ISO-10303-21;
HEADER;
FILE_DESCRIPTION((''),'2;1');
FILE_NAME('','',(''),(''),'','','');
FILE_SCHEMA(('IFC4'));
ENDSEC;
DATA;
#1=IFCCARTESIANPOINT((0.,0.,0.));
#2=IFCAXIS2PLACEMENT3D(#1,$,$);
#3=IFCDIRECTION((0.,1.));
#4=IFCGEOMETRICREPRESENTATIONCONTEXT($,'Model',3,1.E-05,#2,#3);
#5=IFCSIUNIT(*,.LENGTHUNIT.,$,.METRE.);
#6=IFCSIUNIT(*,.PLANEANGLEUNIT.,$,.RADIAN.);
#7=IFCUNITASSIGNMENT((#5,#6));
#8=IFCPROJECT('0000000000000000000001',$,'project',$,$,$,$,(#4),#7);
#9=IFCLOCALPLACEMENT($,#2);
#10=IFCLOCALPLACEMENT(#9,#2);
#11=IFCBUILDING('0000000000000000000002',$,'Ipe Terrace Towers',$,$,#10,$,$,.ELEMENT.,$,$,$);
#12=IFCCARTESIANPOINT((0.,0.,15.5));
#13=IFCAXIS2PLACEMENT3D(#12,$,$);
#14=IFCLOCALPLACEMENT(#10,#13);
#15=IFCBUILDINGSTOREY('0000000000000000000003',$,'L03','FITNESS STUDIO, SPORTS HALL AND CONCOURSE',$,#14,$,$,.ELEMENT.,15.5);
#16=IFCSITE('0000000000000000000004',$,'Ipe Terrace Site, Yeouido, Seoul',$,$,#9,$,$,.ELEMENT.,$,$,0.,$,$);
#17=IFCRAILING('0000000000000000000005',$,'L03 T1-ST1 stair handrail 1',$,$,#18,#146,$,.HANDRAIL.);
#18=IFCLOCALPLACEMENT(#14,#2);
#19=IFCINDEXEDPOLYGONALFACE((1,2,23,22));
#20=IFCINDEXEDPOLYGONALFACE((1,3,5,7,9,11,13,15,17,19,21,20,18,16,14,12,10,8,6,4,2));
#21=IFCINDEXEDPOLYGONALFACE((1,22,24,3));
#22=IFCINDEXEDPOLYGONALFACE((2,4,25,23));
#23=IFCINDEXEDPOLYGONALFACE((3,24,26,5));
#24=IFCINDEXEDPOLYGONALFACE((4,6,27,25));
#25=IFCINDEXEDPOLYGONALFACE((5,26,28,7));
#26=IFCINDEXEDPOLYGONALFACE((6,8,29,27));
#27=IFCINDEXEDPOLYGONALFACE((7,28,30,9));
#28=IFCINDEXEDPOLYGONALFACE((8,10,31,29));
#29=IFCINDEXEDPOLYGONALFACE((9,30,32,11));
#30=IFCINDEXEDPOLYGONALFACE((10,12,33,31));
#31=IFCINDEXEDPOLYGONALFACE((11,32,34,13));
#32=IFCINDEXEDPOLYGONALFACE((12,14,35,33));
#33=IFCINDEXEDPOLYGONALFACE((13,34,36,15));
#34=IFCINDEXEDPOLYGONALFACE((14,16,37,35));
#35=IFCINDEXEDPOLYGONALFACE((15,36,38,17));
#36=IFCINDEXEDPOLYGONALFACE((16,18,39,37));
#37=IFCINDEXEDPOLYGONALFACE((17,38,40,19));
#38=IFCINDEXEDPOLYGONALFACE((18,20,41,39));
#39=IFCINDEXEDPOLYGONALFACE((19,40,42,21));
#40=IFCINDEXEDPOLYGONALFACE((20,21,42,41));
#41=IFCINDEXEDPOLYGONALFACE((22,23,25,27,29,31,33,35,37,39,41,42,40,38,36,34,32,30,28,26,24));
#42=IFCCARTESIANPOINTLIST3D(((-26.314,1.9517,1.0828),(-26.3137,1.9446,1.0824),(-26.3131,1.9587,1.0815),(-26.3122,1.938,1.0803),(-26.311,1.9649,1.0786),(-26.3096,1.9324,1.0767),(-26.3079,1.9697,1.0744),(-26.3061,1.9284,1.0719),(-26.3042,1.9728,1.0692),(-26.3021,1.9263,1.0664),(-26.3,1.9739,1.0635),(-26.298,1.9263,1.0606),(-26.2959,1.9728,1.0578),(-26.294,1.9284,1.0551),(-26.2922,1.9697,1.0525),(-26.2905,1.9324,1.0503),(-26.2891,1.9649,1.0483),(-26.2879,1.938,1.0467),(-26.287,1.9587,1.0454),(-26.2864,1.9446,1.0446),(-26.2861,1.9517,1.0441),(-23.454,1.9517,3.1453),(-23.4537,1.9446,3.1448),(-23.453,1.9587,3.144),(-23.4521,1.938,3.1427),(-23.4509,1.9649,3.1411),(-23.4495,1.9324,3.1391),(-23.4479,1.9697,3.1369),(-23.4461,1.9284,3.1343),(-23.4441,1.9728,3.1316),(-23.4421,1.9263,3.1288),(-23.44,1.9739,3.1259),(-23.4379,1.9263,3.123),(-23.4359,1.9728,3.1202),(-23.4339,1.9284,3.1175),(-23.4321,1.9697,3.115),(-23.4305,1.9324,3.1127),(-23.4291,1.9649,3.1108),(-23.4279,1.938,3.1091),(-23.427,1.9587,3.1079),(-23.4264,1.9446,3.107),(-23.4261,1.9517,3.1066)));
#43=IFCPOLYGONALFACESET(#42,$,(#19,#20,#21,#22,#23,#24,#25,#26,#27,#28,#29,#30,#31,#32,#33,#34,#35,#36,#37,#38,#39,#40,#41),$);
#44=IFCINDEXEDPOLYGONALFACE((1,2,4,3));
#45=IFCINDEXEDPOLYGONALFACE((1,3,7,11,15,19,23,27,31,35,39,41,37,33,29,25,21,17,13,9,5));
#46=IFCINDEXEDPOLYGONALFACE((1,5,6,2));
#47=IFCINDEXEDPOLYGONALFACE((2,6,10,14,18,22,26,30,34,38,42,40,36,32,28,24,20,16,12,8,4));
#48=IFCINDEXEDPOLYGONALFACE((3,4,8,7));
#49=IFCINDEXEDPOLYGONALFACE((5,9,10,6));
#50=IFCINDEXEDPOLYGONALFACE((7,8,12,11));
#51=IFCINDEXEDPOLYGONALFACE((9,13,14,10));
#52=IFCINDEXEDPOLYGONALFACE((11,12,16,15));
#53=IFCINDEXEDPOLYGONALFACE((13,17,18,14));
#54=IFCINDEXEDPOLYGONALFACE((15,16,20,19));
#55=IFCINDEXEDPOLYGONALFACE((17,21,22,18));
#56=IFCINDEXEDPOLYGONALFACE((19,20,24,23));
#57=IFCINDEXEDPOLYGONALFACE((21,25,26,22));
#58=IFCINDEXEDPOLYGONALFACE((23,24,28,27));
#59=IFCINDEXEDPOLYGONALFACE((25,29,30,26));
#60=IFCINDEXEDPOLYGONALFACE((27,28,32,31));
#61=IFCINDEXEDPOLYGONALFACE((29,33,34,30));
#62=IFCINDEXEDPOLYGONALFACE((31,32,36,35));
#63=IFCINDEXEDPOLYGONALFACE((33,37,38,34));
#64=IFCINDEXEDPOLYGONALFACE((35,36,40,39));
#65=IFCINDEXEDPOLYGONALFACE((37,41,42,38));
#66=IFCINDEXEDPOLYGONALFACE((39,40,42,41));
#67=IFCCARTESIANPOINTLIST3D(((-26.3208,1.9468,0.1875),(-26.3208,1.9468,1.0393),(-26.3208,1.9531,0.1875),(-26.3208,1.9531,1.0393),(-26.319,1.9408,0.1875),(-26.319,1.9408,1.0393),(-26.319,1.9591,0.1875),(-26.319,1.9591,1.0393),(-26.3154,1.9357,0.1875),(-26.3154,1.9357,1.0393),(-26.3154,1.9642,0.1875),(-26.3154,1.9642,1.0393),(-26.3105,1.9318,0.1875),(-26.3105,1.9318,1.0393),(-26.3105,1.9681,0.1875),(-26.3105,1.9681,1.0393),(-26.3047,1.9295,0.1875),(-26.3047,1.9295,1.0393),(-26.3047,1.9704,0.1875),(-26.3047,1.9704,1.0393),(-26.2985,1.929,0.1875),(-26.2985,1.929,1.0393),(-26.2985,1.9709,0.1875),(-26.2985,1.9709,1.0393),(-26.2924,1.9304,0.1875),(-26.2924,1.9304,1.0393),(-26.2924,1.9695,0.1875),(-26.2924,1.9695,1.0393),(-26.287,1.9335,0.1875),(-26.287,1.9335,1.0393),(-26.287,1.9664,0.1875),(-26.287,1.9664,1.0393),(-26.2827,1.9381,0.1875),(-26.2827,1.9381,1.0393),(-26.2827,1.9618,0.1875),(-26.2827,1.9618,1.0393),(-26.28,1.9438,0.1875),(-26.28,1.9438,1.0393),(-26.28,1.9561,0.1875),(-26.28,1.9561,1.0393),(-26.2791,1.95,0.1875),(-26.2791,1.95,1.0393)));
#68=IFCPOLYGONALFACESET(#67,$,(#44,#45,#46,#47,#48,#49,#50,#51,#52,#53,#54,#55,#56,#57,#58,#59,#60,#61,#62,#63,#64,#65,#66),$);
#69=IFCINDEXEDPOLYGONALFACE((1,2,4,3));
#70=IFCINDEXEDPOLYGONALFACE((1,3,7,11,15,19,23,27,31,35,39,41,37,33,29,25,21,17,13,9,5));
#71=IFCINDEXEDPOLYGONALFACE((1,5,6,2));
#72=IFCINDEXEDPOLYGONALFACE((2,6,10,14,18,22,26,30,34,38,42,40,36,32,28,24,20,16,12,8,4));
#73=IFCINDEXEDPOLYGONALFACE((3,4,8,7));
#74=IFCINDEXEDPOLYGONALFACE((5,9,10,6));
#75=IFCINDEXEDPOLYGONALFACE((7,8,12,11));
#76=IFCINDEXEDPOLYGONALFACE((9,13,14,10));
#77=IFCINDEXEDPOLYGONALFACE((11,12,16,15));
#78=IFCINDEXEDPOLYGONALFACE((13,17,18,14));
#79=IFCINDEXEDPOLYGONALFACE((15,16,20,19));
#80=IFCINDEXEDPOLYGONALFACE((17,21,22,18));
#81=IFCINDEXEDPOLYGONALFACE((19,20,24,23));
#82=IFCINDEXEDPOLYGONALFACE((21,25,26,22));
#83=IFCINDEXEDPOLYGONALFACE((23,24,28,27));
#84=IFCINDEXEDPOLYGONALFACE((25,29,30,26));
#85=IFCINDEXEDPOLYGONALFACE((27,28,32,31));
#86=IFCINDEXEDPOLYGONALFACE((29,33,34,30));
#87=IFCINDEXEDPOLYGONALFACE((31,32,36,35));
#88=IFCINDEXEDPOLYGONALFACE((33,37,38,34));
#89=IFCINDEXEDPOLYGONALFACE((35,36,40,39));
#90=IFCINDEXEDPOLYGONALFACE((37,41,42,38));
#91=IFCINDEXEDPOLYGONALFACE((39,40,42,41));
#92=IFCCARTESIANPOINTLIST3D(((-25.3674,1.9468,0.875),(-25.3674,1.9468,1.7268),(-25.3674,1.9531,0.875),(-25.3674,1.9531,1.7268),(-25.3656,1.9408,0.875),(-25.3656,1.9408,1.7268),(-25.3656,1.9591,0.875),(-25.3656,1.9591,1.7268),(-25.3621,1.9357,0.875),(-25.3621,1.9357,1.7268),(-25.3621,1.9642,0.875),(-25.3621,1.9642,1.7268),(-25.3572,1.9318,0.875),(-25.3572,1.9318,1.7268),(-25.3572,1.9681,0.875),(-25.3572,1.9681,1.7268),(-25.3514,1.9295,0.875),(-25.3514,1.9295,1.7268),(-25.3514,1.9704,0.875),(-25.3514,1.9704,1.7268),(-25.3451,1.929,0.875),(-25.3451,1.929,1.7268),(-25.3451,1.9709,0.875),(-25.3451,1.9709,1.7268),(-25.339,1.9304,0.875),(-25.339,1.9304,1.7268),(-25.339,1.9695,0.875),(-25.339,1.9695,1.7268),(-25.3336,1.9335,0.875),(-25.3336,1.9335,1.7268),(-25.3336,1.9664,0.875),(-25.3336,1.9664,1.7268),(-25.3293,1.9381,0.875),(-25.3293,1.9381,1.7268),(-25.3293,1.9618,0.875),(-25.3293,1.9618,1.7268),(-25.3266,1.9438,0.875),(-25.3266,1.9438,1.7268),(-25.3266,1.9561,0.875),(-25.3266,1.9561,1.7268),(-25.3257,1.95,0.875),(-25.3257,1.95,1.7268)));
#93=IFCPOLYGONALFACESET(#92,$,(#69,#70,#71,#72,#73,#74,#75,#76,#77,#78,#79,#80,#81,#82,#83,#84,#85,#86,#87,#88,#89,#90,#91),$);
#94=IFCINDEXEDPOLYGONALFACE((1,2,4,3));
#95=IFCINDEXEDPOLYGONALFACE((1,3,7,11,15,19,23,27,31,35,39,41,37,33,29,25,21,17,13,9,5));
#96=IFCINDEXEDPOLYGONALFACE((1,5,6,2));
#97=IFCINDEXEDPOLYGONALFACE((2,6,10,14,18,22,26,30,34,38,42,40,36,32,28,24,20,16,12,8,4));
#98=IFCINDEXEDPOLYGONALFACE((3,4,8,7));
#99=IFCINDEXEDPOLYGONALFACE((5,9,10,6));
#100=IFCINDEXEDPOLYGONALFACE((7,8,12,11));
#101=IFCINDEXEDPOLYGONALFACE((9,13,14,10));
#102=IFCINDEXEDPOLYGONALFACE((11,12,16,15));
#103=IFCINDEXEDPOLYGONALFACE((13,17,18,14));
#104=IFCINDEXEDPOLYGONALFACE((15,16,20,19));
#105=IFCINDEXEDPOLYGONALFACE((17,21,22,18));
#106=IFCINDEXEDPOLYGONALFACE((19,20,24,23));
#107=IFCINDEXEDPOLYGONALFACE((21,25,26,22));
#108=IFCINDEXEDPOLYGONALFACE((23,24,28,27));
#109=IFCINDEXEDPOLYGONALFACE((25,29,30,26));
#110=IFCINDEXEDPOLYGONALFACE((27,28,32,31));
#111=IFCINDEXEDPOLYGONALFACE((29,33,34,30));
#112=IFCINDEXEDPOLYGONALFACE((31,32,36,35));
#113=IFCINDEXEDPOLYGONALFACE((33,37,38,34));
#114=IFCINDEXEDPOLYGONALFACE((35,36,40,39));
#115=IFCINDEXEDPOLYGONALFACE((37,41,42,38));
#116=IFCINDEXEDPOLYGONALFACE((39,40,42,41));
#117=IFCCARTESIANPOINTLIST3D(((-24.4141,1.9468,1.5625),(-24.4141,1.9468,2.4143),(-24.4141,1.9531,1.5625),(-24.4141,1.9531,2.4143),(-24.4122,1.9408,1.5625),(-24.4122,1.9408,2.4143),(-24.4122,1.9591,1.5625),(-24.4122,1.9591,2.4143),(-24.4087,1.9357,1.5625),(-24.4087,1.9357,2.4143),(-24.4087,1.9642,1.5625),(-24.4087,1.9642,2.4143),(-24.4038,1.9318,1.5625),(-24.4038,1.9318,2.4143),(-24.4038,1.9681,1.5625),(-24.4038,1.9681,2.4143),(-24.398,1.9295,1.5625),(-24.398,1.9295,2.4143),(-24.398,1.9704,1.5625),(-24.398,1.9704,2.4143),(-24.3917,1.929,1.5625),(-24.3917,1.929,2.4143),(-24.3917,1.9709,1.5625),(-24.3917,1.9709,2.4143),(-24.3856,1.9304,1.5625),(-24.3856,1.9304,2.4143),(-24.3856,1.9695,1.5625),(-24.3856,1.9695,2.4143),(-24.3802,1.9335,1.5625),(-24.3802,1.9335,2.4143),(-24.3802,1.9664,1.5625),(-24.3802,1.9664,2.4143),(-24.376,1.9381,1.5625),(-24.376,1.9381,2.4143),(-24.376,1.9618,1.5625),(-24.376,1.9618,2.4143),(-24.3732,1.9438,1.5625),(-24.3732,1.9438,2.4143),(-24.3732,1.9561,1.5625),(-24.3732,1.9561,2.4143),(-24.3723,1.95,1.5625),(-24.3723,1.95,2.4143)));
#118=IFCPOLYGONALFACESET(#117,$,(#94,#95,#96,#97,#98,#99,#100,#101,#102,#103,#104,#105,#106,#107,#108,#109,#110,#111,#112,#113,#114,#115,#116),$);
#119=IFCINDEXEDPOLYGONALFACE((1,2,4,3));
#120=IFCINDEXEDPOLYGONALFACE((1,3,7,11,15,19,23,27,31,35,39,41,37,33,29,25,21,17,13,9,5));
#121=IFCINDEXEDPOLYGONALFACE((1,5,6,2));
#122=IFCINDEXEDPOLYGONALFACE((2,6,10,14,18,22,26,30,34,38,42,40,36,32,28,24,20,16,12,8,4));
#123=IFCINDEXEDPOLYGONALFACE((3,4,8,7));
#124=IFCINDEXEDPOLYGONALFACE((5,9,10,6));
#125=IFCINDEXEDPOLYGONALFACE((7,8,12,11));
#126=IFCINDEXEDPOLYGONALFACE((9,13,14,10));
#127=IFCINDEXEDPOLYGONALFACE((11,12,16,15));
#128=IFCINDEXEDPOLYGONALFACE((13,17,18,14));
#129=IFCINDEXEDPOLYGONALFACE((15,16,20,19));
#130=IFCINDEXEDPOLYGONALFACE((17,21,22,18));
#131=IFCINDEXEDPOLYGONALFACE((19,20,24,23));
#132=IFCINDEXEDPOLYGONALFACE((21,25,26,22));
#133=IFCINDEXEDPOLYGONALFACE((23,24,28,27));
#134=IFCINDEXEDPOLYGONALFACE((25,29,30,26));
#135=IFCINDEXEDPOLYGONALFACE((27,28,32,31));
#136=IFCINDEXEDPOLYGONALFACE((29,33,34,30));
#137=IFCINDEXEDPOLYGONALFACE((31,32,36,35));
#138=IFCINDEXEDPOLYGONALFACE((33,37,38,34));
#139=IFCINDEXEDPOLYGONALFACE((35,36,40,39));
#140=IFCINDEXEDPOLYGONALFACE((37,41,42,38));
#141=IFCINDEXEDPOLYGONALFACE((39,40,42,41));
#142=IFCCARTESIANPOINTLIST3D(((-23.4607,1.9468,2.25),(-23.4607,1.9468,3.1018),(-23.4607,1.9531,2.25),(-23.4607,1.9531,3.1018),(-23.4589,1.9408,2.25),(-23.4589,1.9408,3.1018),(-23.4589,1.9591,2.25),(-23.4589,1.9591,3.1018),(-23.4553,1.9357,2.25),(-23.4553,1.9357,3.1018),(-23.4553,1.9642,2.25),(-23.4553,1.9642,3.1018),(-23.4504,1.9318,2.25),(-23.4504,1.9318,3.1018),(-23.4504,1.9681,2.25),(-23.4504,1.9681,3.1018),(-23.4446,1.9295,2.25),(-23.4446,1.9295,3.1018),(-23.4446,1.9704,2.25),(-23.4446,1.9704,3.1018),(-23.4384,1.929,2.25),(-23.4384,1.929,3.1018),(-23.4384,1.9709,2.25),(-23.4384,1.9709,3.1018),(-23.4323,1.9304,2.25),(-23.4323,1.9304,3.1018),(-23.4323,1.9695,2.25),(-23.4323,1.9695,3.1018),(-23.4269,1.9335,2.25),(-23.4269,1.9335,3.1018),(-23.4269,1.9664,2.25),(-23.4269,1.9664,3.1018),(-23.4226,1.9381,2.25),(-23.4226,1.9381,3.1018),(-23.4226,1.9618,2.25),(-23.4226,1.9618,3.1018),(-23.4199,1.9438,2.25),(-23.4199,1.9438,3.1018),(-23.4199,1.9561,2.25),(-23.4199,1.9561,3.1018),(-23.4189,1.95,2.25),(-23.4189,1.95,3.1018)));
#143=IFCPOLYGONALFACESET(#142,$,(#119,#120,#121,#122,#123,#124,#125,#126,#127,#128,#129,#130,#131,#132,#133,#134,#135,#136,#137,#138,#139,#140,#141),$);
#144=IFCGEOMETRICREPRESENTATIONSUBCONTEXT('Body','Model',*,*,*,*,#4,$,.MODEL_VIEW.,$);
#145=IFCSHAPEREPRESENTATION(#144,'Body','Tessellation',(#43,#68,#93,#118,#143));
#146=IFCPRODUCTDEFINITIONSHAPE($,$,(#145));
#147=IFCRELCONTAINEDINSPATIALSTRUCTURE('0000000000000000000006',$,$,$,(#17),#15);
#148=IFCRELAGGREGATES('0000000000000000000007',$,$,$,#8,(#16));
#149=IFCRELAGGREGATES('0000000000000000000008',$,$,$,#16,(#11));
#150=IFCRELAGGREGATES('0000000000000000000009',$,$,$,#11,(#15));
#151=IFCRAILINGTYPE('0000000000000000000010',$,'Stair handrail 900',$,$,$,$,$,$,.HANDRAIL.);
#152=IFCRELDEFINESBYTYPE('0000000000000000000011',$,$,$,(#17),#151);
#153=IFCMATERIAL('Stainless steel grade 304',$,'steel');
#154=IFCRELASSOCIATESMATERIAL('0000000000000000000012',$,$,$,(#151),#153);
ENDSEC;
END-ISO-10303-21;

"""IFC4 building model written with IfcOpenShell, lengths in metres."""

from ifc_helpers import new_model, si_unit, direction, frame, origin, origin_2d, place, context, subcontext, project, spatial, circle, extrude, material, type_object, element, save


model = new_model("IFC4")

# Units and contexts
model_context = context("Model", 3, precision=1e-05, world=origin(), true_north=direction((0.0, 1.0)))
body_context = subcontext(model_context, "Body", "Model", "MODEL_VIEW")
ifc_project = project(units=[si_unit("LENGTHUNIT", "METRE"), si_unit("PLANEANGLEUNIT", "RADIAN")], contexts=[model_context])

# Site, building, storey
site_placement = place(None, origin())
site = spatial("IfcSite", under=ifc_project, at=site_placement, Name="Ipe Terrace Site, Yeouido, Seoul", CompositionType="ELEMENT", RefElevation=0.0)
building_placement = place(site_placement, origin())
building = spatial("IfcBuilding", under=site, at=building_placement, Name="Ipe Terrace Towers", CompositionType="ELEMENT")
storey_placement = place(building_placement, frame((0.0, 0.0, 15.5)))
storey = spatial("IfcBuildingStorey", under=building, at=storey_placement, Name="L03", Description="FITNESS STUDIO, SPORTS HALL AND CONCOURSE", CompositionType="ELEMENT", Elevation=15.5)

# Railing
ifc_material_1 = material(Name="Stainless steel grade 304", Category="steel")
railing_type_1 = type_object("IfcRailingType", Name="Stair handrail 900", PredefinedType="HANDRAIL", material=ifc_material_1)
railing_1_placement = place(storey_placement, frame((-26.3, 1.95, 0.1875)))
element("IfcRailing", 1, at=railing_1_placement, inside=storey, type_object=railing_type_1, Name="L03 T1-ST1 stair handrail 1", PredefinedType="HANDRAIL", context=body_context, shape_type="SweptSolid", body=[
    extrude(circle(Radius=0.0239, at=origin_2d()), frame((0.0, 0.0, 0.876), z_axis=(0.811101, 0.0, 0.584906), x_axis=(0.0, 1.0, 0.0)), (0.0, 0.0, 1.0), 3.5261),
    extrude(circle(Radius=0.021, at=origin_2d()), origin(), (0.0, 0.0, 1.0), 0.8518),
    extrude(circle(Radius=0.021, at=origin_2d()), frame((0.9534, 0.0, 0.6875)), (0.0, 0.0, 1.0), 0.8518),
    extrude(circle(Radius=0.021, at=origin_2d()), frame((1.9067, 0.0, 1.375)), (0.0, 0.0, 1.0), 0.8518),
    extrude(circle(Radius=0.021, at=origin_2d()), frame((2.8601, 0.0, 2.0625)), (0.0, 0.0, 1.0), 0.8518),
])

save(model, "model.ifc")
